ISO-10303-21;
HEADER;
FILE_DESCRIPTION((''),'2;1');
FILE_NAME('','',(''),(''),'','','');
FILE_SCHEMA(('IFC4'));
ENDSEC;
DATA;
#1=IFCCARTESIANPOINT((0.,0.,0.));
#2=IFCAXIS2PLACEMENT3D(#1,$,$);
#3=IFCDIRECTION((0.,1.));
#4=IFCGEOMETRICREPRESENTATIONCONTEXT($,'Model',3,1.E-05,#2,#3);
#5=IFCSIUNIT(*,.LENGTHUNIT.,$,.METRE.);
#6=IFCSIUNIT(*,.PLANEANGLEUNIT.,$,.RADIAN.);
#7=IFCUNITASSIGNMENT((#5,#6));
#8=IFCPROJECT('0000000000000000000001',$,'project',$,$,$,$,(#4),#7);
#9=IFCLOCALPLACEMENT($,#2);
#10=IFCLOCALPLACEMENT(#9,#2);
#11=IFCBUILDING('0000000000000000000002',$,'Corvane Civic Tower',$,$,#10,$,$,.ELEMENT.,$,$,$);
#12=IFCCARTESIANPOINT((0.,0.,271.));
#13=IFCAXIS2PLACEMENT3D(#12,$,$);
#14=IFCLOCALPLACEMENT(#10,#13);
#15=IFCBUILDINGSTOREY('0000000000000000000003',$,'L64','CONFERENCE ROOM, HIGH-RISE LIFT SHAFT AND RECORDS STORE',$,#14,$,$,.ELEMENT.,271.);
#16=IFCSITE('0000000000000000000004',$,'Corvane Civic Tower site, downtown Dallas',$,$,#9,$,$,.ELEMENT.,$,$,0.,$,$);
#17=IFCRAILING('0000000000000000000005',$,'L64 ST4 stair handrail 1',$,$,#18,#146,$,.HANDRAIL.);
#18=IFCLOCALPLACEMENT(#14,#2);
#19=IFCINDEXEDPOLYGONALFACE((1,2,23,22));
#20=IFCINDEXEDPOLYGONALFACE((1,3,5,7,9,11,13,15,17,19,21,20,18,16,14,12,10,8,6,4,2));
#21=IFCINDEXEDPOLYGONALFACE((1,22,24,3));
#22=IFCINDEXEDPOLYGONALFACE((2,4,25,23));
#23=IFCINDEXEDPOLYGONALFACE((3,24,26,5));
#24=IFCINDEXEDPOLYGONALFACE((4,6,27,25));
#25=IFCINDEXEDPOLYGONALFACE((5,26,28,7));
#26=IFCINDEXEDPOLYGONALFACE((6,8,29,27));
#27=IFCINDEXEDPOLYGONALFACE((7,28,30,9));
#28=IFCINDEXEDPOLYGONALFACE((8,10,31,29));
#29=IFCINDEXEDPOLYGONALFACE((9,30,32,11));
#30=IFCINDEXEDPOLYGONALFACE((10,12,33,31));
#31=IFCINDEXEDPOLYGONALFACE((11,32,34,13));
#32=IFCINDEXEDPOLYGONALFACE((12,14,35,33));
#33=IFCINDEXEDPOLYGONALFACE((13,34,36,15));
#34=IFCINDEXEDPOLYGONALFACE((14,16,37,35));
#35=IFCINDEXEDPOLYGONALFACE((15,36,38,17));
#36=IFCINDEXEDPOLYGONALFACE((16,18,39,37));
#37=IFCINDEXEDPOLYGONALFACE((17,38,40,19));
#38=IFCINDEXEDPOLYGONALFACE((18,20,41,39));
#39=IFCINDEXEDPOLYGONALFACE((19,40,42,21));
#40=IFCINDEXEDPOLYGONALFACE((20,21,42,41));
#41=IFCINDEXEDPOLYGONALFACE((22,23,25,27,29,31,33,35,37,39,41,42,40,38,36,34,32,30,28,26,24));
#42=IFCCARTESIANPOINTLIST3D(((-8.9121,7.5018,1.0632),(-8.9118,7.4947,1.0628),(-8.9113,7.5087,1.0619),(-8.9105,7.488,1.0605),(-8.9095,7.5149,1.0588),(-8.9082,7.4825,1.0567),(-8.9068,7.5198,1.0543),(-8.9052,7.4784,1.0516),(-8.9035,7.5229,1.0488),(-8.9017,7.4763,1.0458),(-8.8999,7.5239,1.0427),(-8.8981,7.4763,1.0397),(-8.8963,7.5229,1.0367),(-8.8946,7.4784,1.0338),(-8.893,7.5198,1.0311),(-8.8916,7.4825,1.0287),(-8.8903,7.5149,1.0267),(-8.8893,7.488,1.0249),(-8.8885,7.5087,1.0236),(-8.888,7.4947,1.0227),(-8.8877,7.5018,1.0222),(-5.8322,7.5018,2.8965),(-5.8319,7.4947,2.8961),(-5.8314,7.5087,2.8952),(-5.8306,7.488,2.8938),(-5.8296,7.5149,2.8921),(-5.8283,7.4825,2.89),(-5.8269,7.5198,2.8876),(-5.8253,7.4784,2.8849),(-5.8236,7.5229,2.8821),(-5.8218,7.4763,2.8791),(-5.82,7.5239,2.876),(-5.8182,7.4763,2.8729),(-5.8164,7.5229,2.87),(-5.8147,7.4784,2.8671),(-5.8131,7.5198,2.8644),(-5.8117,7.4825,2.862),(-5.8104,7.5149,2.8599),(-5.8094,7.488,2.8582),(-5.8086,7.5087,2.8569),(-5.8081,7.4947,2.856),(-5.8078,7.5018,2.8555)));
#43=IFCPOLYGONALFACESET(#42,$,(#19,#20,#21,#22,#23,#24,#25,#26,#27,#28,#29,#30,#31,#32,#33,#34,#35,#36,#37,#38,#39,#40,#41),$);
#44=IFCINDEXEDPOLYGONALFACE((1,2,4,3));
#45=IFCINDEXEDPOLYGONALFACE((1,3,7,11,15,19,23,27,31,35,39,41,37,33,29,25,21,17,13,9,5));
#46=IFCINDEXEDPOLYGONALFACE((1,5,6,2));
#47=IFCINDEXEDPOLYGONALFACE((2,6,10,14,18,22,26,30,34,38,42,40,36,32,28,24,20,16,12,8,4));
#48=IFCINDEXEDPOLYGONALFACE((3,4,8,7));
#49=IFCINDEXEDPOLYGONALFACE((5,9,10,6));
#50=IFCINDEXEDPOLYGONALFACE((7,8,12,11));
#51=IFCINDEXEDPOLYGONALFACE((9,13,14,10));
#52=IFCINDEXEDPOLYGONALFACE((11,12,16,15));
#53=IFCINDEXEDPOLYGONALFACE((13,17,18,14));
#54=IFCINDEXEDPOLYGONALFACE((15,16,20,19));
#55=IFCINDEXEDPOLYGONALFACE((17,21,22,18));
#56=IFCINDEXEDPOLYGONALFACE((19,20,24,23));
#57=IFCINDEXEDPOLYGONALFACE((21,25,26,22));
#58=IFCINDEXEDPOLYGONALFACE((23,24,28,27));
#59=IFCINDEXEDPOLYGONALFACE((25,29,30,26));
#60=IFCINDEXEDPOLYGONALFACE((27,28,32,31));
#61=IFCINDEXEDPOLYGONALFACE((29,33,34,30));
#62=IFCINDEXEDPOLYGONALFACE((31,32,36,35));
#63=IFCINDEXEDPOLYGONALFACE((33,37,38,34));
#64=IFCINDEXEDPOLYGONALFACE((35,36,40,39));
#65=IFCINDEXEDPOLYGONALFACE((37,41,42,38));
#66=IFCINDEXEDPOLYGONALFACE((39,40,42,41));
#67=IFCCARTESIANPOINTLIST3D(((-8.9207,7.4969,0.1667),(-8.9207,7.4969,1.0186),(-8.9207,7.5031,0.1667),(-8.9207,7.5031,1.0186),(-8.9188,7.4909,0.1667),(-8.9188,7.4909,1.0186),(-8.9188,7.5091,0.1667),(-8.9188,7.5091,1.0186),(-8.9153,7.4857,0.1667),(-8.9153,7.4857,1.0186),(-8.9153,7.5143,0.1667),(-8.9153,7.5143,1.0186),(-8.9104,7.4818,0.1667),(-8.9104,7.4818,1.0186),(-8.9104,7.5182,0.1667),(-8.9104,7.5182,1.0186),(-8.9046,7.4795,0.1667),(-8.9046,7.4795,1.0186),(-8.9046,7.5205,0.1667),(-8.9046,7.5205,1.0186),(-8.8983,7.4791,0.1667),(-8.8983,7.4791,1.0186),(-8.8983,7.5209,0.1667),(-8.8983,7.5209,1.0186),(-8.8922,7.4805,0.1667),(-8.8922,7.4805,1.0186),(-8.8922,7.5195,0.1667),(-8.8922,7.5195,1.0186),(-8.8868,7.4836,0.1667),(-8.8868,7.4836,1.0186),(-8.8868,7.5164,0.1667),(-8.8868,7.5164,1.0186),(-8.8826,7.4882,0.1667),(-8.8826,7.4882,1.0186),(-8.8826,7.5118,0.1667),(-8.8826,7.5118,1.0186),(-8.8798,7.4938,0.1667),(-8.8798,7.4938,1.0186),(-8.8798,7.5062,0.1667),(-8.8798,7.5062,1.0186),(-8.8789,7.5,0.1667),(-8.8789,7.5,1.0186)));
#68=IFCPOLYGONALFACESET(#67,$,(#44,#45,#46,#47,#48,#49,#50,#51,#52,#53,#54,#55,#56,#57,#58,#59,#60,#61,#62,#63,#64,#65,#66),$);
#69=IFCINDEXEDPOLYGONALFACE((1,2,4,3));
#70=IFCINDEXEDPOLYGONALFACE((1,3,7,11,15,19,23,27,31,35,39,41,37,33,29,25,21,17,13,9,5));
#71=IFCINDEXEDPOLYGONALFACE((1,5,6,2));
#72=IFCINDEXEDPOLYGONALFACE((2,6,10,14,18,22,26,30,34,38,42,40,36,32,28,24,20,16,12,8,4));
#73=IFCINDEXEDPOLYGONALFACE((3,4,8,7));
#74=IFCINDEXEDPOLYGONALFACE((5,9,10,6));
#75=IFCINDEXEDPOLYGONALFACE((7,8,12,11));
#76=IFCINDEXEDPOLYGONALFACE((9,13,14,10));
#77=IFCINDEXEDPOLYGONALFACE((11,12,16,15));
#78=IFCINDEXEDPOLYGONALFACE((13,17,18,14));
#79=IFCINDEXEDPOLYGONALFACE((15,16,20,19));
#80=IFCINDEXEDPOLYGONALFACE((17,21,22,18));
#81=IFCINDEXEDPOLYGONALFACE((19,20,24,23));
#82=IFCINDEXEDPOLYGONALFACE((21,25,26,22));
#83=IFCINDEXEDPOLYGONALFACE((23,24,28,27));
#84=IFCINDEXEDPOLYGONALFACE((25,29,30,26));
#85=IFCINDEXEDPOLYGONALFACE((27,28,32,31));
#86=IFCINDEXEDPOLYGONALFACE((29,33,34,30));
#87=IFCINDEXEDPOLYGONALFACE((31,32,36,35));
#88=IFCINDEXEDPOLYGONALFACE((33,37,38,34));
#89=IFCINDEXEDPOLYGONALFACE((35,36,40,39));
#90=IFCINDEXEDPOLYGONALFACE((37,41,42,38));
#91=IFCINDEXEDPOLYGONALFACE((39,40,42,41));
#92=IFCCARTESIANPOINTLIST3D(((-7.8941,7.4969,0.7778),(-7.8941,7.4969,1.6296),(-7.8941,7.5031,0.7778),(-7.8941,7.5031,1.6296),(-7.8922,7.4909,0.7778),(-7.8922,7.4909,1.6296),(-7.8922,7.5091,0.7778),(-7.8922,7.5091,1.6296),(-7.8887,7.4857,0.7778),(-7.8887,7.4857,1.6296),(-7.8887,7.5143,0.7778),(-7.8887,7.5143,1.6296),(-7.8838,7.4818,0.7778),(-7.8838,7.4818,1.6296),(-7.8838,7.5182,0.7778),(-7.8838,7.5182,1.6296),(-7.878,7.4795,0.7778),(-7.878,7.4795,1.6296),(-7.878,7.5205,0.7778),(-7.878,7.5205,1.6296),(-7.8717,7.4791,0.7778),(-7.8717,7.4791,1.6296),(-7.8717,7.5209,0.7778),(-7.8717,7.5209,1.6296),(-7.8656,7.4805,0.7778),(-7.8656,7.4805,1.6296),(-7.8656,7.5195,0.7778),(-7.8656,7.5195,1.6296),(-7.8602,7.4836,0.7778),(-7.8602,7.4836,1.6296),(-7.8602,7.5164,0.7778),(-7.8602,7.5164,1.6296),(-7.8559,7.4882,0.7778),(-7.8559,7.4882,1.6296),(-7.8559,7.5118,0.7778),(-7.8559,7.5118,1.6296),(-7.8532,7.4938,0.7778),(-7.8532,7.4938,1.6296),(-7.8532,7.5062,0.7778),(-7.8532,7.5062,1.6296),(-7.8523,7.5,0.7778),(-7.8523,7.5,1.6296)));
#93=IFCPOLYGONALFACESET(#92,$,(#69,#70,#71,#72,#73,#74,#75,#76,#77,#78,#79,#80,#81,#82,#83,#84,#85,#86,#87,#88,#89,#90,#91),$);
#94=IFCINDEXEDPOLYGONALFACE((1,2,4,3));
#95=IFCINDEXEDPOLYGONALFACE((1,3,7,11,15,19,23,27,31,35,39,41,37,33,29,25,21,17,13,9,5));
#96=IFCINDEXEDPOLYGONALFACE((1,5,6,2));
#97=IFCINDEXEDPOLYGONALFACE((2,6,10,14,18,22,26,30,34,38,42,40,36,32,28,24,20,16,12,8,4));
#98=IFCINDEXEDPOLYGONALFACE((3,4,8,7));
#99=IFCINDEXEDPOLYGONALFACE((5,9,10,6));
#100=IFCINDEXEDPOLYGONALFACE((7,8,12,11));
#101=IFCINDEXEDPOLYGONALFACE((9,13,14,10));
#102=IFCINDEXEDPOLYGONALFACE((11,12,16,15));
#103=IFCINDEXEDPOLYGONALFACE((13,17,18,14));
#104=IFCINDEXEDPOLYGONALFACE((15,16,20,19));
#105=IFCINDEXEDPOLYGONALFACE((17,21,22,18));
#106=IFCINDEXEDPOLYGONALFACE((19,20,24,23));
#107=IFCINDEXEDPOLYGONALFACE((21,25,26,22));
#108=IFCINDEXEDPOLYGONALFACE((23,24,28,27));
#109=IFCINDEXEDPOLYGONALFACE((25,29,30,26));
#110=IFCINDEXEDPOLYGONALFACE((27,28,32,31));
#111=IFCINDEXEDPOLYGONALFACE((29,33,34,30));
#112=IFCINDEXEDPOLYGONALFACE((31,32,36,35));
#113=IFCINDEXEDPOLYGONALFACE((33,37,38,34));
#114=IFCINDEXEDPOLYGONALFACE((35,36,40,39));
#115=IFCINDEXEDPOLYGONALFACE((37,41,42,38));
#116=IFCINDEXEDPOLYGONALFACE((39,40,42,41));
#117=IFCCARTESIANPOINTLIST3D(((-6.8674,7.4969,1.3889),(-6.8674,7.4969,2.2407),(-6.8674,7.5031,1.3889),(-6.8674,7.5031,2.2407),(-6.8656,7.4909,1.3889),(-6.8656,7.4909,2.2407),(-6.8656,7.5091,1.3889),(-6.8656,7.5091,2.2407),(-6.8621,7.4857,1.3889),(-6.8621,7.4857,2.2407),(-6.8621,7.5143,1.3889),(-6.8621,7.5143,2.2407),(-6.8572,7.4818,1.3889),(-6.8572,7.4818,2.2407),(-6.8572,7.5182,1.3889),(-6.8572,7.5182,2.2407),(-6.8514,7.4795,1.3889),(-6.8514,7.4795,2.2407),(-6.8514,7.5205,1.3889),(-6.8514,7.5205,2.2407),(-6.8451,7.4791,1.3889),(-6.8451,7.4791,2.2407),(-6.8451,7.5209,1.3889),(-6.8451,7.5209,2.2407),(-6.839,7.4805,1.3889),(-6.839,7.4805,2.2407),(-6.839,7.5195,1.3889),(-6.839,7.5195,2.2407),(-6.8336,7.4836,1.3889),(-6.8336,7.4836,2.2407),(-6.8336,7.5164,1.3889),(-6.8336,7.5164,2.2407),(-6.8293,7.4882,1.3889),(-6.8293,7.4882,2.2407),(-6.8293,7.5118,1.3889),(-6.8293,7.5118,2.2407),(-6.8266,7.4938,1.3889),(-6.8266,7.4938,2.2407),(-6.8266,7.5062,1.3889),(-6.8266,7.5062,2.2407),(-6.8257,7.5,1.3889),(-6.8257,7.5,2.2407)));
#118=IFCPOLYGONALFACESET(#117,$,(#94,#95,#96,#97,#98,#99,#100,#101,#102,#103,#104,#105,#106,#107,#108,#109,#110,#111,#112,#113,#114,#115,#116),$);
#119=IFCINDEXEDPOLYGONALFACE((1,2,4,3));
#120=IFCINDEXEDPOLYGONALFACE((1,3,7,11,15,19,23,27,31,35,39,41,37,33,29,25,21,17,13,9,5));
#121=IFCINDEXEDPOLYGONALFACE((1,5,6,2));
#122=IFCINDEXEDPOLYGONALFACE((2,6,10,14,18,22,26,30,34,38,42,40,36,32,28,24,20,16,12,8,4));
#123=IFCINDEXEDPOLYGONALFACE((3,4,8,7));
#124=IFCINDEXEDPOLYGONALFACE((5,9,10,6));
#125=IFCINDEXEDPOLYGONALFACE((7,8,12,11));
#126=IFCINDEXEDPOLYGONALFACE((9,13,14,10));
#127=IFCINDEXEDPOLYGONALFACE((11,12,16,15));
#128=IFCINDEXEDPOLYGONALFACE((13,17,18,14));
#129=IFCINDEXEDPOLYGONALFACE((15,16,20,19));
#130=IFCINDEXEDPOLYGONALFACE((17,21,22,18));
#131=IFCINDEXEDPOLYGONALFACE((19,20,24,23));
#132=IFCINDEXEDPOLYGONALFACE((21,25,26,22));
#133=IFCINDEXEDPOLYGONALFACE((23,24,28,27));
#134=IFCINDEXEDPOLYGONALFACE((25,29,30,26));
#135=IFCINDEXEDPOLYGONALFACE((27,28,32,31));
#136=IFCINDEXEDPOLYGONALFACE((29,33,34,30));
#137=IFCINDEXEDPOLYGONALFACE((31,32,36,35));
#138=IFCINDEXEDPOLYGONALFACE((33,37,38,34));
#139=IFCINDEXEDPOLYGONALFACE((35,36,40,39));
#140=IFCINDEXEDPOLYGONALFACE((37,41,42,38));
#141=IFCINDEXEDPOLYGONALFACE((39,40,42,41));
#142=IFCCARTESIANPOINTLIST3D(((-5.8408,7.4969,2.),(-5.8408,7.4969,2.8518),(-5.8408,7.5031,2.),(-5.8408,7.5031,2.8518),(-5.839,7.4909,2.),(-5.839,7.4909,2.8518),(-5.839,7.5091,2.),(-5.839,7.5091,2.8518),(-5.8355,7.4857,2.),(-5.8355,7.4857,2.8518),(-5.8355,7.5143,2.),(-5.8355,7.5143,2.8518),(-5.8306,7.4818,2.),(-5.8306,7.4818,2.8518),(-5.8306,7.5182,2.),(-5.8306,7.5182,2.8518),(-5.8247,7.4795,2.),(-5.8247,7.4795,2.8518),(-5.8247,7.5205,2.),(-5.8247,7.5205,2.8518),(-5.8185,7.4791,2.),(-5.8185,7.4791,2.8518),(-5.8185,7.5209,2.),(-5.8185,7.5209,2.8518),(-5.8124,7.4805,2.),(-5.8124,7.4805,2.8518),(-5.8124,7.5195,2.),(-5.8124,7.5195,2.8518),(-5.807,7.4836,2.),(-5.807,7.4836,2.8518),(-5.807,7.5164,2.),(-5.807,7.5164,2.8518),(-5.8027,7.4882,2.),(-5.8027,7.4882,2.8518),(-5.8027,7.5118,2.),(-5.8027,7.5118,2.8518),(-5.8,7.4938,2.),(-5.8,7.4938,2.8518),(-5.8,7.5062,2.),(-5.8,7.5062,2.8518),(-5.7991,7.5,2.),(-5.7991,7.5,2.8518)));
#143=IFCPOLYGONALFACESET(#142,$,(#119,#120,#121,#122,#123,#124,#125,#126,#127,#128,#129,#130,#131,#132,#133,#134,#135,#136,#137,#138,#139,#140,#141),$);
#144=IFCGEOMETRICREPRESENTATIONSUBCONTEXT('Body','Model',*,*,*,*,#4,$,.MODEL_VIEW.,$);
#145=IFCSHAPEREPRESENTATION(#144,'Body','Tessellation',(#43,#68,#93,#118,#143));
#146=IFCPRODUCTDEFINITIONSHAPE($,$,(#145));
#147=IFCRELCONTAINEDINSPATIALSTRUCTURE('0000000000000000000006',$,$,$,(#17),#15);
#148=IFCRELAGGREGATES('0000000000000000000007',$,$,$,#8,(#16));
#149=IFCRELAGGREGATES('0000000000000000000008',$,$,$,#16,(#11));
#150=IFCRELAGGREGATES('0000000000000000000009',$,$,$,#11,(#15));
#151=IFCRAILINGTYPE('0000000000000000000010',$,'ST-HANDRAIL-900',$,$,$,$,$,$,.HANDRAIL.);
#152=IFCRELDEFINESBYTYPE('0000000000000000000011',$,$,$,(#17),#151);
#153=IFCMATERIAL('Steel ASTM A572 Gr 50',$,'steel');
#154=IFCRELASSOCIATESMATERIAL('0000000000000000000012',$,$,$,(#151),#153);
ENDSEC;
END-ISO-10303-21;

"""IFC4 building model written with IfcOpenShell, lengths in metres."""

from ifc_helpers import new_model, si_unit, direction, frame, origin, origin_2d, place, context, subcontext, project, spatial, circle, extrude, material, type_object, element, save


model = new_model("IFC4")

# Units and contexts
model_context = context("Model", 3, precision=1e-05, world=origin(), true_north=direction((0.0, 1.0)))
body_context = subcontext(model_context, "Body", "Model", "MODEL_VIEW")
ifc_project = project(units=[si_unit("LENGTHUNIT", "METRE"), si_unit("PLANEANGLEUNIT", "RADIAN")], contexts=[model_context])

# Site, building, storey
site_placement = place(None, origin())
site = spatial("IfcSite", under=ifc_project, at=site_placement, Name="Corvane Civic Tower site, downtown Dallas", CompositionType="ELEMENT", RefElevation=0.0)
building_placement = place(site_placement, origin())
building = spatial("IfcBuilding", under=site, at=building_placement, Name="Corvane Civic Tower", CompositionType="ELEMENT")
storey_placement = place(building_placement, frame((0.0, 0.0, 271.0)))
storey = spatial("IfcBuildingStorey", under=building, at=storey_placement, Name="L64", Description="CONFERENCE ROOM, HIGH-RISE LIFT SHAFT AND RECORDS STORE", CompositionType="ELEMENT", Elevation=271.0)

# Railing
ifc_material_1 = material(Name="Steel ASTM A572 Gr 50", Category="steel")
railing_type_1 = type_object("IfcRailingType", Name="ST-HANDRAIL-900", PredefinedType="HANDRAIL", material=ifc_material_1)
railing_1_placement = place(storey_placement, frame((-8.8999, 7.5, 0.1667)))
element("IfcRailing", 1, at=railing_1_placement, inside=storey, type_object=railing_type_1, Name="L64 ST4 stair handrail 1", PredefinedType="HANDRAIL", context=body_context, shape_type="SweptSolid", body=[
    extrude(circle(Radius=0.0239, at=origin_2d()), frame((0.0, 0.0, 0.876), z_axis=(0.859291, 0.0, 0.511487), x_axis=(0.0, 1.0, 0.0)), (0.0, 0.0, 1.0), 3.5842),
    extrude(circle(Radius=0.021, at=origin_2d()), origin(), (0.0, 0.0, 1.0), 0.8518),
    extrude(circle(Radius=0.021, at=origin_2d()), frame((1.0266, 0.0, 0.6111)), (0.0, 0.0, 1.0), 0.8518),
    extrude(circle(Radius=0.021, at=origin_2d()), frame((2.0532, 0.0, 1.2222)), (0.0, 0.0, 1.0), 0.8518),
    extrude(circle(Radius=0.021, at=origin_2d()), frame((3.0798, 0.0, 1.8333)), (0.0, 0.0, 1.0), 0.8518),
])

save(model, "model.ifc")
